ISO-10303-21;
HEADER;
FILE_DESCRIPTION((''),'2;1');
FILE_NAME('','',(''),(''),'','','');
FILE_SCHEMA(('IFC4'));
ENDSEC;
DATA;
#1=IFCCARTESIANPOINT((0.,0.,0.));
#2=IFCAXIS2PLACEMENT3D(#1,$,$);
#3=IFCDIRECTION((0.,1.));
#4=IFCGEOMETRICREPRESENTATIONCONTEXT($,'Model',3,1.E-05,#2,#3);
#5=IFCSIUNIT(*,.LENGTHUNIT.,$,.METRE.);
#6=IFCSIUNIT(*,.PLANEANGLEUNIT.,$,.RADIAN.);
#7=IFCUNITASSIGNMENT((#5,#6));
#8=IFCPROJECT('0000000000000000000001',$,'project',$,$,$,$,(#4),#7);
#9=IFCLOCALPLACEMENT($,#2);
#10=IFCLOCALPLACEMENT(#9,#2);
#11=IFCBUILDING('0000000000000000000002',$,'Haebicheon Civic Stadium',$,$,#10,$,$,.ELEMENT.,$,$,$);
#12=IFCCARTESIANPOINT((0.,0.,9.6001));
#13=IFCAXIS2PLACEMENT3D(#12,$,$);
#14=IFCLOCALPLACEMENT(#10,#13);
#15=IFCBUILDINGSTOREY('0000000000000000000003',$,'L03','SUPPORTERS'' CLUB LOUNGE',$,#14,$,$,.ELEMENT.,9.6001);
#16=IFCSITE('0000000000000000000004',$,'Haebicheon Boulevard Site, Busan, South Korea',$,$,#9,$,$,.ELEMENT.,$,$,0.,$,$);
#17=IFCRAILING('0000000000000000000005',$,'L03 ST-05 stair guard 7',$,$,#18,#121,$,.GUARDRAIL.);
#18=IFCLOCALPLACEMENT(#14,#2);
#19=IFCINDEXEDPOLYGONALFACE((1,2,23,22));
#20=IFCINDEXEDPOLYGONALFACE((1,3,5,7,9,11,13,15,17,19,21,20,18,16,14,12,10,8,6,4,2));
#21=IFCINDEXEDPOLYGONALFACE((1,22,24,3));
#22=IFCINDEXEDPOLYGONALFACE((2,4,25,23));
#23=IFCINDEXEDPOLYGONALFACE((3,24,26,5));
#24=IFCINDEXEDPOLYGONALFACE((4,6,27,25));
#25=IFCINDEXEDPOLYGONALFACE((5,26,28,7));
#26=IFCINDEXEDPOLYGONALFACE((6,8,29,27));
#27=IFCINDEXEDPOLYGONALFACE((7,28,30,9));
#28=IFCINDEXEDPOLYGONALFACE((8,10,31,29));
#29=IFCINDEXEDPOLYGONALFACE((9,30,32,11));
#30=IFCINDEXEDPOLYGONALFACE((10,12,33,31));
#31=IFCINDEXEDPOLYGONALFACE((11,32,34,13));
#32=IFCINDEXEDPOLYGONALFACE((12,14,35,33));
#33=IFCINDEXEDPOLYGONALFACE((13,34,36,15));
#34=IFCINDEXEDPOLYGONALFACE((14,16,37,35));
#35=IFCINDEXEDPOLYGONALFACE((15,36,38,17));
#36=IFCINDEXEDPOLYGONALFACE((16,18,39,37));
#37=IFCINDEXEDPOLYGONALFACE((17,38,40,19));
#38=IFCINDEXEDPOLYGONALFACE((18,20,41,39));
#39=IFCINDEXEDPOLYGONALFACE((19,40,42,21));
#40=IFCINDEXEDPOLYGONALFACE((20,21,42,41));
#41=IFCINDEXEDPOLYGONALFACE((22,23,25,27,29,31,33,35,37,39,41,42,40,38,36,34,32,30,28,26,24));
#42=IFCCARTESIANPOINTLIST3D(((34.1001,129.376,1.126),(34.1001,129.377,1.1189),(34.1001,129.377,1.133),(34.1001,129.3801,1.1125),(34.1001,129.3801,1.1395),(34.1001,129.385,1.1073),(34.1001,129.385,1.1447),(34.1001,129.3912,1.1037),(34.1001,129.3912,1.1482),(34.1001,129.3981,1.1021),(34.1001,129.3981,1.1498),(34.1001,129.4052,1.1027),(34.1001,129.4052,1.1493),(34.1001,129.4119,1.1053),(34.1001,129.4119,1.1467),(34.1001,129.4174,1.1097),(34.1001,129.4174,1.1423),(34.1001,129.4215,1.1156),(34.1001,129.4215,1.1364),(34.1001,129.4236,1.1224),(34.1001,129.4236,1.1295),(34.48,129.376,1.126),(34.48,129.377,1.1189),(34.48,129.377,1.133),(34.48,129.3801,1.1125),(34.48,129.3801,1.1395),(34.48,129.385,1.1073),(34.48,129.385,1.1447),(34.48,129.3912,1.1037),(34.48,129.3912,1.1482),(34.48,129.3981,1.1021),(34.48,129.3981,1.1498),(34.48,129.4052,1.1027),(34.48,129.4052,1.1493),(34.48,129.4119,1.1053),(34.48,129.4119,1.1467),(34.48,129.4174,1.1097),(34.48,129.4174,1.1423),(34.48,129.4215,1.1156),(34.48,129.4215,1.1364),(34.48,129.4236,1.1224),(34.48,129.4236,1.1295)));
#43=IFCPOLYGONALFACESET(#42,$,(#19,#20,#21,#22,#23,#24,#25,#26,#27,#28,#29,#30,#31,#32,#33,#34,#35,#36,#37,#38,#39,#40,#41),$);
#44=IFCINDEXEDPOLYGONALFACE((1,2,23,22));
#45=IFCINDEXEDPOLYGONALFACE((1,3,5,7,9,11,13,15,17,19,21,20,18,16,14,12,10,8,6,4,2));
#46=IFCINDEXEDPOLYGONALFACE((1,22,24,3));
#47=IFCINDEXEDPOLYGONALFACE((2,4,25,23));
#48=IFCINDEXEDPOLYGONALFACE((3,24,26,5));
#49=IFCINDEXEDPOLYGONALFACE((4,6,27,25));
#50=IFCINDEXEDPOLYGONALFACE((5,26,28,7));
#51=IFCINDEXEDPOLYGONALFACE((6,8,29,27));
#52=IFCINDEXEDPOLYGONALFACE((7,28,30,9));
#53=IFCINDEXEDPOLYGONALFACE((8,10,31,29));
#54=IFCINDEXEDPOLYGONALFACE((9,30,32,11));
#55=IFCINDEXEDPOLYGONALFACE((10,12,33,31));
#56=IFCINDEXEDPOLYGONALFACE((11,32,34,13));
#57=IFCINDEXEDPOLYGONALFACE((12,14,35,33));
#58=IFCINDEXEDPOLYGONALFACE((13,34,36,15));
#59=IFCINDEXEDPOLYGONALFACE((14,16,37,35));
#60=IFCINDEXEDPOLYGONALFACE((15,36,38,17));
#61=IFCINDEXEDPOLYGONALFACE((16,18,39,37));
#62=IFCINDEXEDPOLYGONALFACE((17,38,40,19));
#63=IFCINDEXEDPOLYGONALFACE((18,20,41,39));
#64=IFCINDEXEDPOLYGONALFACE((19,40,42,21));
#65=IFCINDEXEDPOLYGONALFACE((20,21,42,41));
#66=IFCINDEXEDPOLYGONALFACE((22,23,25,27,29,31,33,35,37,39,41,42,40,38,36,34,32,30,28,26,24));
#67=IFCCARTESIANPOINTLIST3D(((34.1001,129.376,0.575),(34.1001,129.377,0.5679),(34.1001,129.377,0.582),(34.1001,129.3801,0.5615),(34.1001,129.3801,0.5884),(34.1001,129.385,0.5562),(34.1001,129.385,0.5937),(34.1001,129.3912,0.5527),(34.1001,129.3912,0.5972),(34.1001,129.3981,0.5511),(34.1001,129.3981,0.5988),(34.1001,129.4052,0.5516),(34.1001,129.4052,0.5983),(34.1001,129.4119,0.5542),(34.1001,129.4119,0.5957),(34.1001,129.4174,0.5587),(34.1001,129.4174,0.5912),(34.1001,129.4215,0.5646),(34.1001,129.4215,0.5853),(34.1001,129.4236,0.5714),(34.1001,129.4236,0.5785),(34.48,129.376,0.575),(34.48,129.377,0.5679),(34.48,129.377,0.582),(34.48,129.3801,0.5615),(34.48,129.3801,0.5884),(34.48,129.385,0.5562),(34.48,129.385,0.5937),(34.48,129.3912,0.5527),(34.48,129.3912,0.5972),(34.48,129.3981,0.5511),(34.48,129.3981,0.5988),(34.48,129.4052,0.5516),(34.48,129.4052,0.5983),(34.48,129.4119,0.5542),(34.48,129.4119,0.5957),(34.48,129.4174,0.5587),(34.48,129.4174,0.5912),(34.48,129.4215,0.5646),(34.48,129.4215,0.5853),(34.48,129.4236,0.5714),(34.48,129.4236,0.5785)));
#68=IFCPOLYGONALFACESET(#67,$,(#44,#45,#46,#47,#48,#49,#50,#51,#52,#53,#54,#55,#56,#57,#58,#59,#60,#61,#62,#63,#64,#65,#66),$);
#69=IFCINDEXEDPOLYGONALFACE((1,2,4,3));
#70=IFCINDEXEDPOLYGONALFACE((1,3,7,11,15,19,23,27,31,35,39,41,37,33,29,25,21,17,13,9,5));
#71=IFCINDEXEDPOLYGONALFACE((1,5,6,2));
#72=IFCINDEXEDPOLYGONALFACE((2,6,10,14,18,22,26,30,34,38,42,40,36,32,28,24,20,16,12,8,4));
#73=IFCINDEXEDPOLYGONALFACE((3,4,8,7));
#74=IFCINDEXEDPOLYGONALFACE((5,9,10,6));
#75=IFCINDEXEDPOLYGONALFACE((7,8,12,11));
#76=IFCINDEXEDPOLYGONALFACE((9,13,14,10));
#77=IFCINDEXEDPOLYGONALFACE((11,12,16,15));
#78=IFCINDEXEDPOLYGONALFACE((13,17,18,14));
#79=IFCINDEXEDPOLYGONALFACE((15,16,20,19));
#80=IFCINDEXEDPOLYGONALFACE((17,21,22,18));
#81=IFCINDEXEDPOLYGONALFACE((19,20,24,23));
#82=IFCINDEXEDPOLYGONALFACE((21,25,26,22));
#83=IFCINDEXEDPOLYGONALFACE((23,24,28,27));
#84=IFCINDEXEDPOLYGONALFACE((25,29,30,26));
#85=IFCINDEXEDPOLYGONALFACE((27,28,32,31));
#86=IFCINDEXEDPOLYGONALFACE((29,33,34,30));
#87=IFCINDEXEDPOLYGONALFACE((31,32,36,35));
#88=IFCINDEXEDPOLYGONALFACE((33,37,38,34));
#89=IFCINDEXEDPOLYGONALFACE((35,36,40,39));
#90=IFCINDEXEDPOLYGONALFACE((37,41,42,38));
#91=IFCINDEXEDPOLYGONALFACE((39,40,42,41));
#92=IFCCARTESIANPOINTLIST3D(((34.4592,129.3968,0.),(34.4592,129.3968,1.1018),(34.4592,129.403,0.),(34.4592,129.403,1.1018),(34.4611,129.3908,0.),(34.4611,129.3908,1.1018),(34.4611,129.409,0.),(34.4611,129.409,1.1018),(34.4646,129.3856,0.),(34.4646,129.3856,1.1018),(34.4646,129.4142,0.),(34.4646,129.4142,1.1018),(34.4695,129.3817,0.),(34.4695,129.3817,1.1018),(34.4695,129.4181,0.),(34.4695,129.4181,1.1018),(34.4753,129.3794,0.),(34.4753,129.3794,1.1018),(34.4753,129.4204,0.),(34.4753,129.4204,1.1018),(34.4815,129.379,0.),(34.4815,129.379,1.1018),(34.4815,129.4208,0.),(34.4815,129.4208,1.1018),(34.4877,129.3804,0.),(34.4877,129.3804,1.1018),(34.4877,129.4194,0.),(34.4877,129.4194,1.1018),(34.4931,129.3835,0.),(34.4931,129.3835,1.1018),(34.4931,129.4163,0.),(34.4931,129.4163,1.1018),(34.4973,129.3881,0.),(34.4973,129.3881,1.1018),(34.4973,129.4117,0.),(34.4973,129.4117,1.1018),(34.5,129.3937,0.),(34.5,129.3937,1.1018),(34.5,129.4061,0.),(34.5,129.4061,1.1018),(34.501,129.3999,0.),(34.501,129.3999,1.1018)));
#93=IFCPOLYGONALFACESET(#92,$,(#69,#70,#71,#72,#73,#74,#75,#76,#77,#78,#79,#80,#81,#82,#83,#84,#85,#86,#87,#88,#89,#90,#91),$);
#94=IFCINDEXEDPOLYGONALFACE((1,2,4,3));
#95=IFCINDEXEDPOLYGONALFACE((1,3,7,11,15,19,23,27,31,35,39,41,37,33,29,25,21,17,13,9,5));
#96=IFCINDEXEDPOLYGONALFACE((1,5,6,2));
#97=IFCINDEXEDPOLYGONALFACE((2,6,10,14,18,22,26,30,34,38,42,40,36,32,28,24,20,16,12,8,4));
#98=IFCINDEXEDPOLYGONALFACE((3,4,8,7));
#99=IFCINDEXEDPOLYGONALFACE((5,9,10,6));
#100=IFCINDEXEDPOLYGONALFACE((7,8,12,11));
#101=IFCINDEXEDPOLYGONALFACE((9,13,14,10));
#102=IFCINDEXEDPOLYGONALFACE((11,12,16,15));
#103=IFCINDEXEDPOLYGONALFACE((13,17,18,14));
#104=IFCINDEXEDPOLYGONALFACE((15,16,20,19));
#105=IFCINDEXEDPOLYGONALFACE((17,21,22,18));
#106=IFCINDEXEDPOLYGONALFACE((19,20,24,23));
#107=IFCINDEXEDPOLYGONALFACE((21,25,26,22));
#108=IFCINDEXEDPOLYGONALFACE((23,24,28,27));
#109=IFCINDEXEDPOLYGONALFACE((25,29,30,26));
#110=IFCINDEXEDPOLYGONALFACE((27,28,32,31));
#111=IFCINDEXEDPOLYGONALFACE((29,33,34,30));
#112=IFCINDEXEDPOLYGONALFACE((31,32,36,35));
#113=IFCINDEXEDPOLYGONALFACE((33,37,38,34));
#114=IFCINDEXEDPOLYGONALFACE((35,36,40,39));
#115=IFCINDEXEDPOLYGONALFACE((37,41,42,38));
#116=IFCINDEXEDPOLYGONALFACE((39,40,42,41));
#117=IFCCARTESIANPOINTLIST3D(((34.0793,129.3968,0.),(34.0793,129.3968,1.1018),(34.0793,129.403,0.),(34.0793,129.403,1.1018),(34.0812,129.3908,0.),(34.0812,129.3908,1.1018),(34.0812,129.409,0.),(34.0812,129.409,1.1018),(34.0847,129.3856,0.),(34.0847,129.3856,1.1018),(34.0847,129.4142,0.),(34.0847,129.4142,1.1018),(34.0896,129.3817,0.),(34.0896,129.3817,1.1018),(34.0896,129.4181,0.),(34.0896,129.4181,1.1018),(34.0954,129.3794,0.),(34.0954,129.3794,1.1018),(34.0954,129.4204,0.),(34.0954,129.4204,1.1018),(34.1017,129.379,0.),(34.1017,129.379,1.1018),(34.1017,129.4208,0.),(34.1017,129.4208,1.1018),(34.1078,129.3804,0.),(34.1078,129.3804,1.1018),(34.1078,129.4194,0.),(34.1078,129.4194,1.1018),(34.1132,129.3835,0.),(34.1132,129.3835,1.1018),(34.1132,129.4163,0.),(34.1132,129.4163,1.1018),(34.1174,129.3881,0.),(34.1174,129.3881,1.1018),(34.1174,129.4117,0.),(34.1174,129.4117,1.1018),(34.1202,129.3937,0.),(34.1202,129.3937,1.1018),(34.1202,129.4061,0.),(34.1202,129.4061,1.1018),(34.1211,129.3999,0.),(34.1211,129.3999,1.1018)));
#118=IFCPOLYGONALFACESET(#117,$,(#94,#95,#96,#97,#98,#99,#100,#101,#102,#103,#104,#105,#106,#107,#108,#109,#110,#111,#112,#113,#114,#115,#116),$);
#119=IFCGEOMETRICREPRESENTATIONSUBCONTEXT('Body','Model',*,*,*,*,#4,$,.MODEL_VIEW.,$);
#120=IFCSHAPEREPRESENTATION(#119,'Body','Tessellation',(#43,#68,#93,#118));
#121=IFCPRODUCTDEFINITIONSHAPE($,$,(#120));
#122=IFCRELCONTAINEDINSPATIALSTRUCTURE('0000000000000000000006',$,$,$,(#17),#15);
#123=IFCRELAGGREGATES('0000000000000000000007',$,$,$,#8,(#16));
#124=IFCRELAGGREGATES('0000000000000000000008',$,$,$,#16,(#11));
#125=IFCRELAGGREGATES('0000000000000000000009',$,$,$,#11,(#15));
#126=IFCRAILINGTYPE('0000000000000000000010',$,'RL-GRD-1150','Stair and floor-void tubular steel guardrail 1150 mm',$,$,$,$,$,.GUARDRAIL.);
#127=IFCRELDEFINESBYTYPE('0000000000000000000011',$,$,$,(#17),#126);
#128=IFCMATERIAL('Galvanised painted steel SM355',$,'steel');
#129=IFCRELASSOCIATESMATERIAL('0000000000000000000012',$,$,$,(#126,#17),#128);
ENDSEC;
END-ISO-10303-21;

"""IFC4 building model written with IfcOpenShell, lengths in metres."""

from ifc_helpers import new_model, si_unit, direction, frame, origin, origin_2d, place, context, subcontext, project, spatial, circle, extrude, material, type_object, element, save


model = new_model("IFC4")

# Units and contexts
model_context = context("Model", 3, precision=1e-05, world=origin(), true_north=direction((0.0, 1.0)))
body_context = subcontext(model_context, "Body", "Model", "MODEL_VIEW")
ifc_project = project(units=[si_unit("LENGTHUNIT", "METRE"), si_unit("PLANEANGLEUNIT", "RADIAN")], contexts=[model_context])

# Site, building, storey
site_placement = place(None, origin())
site = spatial("IfcSite", under=ifc_project, at=site_placement, Name="Haebicheon Boulevard Site, Busan, South Korea", CompositionType="ELEMENT", RefElevation=0.0)
building_placement = place(site_placement, origin())
building = spatial("IfcBuilding", under=site, at=building_placement, Name="Haebicheon Civic Stadium", CompositionType="ELEMENT")
storey_placement = place(building_placement, frame((0.0, 0.0, 9.6001)))
storey = spatial("IfcBuildingStorey", under=building, at=storey_placement, Name="L03", Description="SUPPORTERS' CLUB LOUNGE", CompositionType="ELEMENT", Elevation=9.6001)

# Railing
ifc_material_1 = material(Name="Galvanised painted steel SM355", Category="steel")
railing_type_1 = type_object("IfcRailingType", Name="RL-GRD-1150", Description="Stair and floor-void tubular steel guardrail 1150 mm", PredefinedType="GUARDRAIL", material=ifc_material_1)
railing_1_placement = place(storey_placement, frame((34.48, 129.3999, 0.0)))
element("IfcRailing", 1, at=railing_1_placement, inside=storey, type_object=railing_type_1, material=ifc_material_1, Name="L03 ST-05 stair guard 7", PredefinedType="GUARDRAIL", context=body_context, shape_type="SweptSolid", body=[
    extrude(circle(Radius=0.0239, at=origin_2d()), frame((0.0, 0.0, 1.126), z_axis=(-1.0, 0.0, 0.0), x_axis=(0.0, -1.0, 0.0)), (0.0, 0.0, 1.0), 0.3799),
    extrude(circle(Radius=0.0239, at=origin_2d()), frame((0.0, 0.0, 0.575), z_axis=(-1.0, 0.0, 0.0), x_axis=(0.0, -1.0, 0.0)), (0.0, 0.0, 1.0), 0.3799),
    extrude(circle(Radius=0.021, at=origin_2d()), origin(), (0.0, 0.0, 1.0), 1.1018),
    extrude(circle(Radius=0.021, at=origin_2d()), frame((-0.3799, 0.0, 0.0)), (0.0, 0.0, 1.0), 1.1018),
])

save(model, "model.ifc")
